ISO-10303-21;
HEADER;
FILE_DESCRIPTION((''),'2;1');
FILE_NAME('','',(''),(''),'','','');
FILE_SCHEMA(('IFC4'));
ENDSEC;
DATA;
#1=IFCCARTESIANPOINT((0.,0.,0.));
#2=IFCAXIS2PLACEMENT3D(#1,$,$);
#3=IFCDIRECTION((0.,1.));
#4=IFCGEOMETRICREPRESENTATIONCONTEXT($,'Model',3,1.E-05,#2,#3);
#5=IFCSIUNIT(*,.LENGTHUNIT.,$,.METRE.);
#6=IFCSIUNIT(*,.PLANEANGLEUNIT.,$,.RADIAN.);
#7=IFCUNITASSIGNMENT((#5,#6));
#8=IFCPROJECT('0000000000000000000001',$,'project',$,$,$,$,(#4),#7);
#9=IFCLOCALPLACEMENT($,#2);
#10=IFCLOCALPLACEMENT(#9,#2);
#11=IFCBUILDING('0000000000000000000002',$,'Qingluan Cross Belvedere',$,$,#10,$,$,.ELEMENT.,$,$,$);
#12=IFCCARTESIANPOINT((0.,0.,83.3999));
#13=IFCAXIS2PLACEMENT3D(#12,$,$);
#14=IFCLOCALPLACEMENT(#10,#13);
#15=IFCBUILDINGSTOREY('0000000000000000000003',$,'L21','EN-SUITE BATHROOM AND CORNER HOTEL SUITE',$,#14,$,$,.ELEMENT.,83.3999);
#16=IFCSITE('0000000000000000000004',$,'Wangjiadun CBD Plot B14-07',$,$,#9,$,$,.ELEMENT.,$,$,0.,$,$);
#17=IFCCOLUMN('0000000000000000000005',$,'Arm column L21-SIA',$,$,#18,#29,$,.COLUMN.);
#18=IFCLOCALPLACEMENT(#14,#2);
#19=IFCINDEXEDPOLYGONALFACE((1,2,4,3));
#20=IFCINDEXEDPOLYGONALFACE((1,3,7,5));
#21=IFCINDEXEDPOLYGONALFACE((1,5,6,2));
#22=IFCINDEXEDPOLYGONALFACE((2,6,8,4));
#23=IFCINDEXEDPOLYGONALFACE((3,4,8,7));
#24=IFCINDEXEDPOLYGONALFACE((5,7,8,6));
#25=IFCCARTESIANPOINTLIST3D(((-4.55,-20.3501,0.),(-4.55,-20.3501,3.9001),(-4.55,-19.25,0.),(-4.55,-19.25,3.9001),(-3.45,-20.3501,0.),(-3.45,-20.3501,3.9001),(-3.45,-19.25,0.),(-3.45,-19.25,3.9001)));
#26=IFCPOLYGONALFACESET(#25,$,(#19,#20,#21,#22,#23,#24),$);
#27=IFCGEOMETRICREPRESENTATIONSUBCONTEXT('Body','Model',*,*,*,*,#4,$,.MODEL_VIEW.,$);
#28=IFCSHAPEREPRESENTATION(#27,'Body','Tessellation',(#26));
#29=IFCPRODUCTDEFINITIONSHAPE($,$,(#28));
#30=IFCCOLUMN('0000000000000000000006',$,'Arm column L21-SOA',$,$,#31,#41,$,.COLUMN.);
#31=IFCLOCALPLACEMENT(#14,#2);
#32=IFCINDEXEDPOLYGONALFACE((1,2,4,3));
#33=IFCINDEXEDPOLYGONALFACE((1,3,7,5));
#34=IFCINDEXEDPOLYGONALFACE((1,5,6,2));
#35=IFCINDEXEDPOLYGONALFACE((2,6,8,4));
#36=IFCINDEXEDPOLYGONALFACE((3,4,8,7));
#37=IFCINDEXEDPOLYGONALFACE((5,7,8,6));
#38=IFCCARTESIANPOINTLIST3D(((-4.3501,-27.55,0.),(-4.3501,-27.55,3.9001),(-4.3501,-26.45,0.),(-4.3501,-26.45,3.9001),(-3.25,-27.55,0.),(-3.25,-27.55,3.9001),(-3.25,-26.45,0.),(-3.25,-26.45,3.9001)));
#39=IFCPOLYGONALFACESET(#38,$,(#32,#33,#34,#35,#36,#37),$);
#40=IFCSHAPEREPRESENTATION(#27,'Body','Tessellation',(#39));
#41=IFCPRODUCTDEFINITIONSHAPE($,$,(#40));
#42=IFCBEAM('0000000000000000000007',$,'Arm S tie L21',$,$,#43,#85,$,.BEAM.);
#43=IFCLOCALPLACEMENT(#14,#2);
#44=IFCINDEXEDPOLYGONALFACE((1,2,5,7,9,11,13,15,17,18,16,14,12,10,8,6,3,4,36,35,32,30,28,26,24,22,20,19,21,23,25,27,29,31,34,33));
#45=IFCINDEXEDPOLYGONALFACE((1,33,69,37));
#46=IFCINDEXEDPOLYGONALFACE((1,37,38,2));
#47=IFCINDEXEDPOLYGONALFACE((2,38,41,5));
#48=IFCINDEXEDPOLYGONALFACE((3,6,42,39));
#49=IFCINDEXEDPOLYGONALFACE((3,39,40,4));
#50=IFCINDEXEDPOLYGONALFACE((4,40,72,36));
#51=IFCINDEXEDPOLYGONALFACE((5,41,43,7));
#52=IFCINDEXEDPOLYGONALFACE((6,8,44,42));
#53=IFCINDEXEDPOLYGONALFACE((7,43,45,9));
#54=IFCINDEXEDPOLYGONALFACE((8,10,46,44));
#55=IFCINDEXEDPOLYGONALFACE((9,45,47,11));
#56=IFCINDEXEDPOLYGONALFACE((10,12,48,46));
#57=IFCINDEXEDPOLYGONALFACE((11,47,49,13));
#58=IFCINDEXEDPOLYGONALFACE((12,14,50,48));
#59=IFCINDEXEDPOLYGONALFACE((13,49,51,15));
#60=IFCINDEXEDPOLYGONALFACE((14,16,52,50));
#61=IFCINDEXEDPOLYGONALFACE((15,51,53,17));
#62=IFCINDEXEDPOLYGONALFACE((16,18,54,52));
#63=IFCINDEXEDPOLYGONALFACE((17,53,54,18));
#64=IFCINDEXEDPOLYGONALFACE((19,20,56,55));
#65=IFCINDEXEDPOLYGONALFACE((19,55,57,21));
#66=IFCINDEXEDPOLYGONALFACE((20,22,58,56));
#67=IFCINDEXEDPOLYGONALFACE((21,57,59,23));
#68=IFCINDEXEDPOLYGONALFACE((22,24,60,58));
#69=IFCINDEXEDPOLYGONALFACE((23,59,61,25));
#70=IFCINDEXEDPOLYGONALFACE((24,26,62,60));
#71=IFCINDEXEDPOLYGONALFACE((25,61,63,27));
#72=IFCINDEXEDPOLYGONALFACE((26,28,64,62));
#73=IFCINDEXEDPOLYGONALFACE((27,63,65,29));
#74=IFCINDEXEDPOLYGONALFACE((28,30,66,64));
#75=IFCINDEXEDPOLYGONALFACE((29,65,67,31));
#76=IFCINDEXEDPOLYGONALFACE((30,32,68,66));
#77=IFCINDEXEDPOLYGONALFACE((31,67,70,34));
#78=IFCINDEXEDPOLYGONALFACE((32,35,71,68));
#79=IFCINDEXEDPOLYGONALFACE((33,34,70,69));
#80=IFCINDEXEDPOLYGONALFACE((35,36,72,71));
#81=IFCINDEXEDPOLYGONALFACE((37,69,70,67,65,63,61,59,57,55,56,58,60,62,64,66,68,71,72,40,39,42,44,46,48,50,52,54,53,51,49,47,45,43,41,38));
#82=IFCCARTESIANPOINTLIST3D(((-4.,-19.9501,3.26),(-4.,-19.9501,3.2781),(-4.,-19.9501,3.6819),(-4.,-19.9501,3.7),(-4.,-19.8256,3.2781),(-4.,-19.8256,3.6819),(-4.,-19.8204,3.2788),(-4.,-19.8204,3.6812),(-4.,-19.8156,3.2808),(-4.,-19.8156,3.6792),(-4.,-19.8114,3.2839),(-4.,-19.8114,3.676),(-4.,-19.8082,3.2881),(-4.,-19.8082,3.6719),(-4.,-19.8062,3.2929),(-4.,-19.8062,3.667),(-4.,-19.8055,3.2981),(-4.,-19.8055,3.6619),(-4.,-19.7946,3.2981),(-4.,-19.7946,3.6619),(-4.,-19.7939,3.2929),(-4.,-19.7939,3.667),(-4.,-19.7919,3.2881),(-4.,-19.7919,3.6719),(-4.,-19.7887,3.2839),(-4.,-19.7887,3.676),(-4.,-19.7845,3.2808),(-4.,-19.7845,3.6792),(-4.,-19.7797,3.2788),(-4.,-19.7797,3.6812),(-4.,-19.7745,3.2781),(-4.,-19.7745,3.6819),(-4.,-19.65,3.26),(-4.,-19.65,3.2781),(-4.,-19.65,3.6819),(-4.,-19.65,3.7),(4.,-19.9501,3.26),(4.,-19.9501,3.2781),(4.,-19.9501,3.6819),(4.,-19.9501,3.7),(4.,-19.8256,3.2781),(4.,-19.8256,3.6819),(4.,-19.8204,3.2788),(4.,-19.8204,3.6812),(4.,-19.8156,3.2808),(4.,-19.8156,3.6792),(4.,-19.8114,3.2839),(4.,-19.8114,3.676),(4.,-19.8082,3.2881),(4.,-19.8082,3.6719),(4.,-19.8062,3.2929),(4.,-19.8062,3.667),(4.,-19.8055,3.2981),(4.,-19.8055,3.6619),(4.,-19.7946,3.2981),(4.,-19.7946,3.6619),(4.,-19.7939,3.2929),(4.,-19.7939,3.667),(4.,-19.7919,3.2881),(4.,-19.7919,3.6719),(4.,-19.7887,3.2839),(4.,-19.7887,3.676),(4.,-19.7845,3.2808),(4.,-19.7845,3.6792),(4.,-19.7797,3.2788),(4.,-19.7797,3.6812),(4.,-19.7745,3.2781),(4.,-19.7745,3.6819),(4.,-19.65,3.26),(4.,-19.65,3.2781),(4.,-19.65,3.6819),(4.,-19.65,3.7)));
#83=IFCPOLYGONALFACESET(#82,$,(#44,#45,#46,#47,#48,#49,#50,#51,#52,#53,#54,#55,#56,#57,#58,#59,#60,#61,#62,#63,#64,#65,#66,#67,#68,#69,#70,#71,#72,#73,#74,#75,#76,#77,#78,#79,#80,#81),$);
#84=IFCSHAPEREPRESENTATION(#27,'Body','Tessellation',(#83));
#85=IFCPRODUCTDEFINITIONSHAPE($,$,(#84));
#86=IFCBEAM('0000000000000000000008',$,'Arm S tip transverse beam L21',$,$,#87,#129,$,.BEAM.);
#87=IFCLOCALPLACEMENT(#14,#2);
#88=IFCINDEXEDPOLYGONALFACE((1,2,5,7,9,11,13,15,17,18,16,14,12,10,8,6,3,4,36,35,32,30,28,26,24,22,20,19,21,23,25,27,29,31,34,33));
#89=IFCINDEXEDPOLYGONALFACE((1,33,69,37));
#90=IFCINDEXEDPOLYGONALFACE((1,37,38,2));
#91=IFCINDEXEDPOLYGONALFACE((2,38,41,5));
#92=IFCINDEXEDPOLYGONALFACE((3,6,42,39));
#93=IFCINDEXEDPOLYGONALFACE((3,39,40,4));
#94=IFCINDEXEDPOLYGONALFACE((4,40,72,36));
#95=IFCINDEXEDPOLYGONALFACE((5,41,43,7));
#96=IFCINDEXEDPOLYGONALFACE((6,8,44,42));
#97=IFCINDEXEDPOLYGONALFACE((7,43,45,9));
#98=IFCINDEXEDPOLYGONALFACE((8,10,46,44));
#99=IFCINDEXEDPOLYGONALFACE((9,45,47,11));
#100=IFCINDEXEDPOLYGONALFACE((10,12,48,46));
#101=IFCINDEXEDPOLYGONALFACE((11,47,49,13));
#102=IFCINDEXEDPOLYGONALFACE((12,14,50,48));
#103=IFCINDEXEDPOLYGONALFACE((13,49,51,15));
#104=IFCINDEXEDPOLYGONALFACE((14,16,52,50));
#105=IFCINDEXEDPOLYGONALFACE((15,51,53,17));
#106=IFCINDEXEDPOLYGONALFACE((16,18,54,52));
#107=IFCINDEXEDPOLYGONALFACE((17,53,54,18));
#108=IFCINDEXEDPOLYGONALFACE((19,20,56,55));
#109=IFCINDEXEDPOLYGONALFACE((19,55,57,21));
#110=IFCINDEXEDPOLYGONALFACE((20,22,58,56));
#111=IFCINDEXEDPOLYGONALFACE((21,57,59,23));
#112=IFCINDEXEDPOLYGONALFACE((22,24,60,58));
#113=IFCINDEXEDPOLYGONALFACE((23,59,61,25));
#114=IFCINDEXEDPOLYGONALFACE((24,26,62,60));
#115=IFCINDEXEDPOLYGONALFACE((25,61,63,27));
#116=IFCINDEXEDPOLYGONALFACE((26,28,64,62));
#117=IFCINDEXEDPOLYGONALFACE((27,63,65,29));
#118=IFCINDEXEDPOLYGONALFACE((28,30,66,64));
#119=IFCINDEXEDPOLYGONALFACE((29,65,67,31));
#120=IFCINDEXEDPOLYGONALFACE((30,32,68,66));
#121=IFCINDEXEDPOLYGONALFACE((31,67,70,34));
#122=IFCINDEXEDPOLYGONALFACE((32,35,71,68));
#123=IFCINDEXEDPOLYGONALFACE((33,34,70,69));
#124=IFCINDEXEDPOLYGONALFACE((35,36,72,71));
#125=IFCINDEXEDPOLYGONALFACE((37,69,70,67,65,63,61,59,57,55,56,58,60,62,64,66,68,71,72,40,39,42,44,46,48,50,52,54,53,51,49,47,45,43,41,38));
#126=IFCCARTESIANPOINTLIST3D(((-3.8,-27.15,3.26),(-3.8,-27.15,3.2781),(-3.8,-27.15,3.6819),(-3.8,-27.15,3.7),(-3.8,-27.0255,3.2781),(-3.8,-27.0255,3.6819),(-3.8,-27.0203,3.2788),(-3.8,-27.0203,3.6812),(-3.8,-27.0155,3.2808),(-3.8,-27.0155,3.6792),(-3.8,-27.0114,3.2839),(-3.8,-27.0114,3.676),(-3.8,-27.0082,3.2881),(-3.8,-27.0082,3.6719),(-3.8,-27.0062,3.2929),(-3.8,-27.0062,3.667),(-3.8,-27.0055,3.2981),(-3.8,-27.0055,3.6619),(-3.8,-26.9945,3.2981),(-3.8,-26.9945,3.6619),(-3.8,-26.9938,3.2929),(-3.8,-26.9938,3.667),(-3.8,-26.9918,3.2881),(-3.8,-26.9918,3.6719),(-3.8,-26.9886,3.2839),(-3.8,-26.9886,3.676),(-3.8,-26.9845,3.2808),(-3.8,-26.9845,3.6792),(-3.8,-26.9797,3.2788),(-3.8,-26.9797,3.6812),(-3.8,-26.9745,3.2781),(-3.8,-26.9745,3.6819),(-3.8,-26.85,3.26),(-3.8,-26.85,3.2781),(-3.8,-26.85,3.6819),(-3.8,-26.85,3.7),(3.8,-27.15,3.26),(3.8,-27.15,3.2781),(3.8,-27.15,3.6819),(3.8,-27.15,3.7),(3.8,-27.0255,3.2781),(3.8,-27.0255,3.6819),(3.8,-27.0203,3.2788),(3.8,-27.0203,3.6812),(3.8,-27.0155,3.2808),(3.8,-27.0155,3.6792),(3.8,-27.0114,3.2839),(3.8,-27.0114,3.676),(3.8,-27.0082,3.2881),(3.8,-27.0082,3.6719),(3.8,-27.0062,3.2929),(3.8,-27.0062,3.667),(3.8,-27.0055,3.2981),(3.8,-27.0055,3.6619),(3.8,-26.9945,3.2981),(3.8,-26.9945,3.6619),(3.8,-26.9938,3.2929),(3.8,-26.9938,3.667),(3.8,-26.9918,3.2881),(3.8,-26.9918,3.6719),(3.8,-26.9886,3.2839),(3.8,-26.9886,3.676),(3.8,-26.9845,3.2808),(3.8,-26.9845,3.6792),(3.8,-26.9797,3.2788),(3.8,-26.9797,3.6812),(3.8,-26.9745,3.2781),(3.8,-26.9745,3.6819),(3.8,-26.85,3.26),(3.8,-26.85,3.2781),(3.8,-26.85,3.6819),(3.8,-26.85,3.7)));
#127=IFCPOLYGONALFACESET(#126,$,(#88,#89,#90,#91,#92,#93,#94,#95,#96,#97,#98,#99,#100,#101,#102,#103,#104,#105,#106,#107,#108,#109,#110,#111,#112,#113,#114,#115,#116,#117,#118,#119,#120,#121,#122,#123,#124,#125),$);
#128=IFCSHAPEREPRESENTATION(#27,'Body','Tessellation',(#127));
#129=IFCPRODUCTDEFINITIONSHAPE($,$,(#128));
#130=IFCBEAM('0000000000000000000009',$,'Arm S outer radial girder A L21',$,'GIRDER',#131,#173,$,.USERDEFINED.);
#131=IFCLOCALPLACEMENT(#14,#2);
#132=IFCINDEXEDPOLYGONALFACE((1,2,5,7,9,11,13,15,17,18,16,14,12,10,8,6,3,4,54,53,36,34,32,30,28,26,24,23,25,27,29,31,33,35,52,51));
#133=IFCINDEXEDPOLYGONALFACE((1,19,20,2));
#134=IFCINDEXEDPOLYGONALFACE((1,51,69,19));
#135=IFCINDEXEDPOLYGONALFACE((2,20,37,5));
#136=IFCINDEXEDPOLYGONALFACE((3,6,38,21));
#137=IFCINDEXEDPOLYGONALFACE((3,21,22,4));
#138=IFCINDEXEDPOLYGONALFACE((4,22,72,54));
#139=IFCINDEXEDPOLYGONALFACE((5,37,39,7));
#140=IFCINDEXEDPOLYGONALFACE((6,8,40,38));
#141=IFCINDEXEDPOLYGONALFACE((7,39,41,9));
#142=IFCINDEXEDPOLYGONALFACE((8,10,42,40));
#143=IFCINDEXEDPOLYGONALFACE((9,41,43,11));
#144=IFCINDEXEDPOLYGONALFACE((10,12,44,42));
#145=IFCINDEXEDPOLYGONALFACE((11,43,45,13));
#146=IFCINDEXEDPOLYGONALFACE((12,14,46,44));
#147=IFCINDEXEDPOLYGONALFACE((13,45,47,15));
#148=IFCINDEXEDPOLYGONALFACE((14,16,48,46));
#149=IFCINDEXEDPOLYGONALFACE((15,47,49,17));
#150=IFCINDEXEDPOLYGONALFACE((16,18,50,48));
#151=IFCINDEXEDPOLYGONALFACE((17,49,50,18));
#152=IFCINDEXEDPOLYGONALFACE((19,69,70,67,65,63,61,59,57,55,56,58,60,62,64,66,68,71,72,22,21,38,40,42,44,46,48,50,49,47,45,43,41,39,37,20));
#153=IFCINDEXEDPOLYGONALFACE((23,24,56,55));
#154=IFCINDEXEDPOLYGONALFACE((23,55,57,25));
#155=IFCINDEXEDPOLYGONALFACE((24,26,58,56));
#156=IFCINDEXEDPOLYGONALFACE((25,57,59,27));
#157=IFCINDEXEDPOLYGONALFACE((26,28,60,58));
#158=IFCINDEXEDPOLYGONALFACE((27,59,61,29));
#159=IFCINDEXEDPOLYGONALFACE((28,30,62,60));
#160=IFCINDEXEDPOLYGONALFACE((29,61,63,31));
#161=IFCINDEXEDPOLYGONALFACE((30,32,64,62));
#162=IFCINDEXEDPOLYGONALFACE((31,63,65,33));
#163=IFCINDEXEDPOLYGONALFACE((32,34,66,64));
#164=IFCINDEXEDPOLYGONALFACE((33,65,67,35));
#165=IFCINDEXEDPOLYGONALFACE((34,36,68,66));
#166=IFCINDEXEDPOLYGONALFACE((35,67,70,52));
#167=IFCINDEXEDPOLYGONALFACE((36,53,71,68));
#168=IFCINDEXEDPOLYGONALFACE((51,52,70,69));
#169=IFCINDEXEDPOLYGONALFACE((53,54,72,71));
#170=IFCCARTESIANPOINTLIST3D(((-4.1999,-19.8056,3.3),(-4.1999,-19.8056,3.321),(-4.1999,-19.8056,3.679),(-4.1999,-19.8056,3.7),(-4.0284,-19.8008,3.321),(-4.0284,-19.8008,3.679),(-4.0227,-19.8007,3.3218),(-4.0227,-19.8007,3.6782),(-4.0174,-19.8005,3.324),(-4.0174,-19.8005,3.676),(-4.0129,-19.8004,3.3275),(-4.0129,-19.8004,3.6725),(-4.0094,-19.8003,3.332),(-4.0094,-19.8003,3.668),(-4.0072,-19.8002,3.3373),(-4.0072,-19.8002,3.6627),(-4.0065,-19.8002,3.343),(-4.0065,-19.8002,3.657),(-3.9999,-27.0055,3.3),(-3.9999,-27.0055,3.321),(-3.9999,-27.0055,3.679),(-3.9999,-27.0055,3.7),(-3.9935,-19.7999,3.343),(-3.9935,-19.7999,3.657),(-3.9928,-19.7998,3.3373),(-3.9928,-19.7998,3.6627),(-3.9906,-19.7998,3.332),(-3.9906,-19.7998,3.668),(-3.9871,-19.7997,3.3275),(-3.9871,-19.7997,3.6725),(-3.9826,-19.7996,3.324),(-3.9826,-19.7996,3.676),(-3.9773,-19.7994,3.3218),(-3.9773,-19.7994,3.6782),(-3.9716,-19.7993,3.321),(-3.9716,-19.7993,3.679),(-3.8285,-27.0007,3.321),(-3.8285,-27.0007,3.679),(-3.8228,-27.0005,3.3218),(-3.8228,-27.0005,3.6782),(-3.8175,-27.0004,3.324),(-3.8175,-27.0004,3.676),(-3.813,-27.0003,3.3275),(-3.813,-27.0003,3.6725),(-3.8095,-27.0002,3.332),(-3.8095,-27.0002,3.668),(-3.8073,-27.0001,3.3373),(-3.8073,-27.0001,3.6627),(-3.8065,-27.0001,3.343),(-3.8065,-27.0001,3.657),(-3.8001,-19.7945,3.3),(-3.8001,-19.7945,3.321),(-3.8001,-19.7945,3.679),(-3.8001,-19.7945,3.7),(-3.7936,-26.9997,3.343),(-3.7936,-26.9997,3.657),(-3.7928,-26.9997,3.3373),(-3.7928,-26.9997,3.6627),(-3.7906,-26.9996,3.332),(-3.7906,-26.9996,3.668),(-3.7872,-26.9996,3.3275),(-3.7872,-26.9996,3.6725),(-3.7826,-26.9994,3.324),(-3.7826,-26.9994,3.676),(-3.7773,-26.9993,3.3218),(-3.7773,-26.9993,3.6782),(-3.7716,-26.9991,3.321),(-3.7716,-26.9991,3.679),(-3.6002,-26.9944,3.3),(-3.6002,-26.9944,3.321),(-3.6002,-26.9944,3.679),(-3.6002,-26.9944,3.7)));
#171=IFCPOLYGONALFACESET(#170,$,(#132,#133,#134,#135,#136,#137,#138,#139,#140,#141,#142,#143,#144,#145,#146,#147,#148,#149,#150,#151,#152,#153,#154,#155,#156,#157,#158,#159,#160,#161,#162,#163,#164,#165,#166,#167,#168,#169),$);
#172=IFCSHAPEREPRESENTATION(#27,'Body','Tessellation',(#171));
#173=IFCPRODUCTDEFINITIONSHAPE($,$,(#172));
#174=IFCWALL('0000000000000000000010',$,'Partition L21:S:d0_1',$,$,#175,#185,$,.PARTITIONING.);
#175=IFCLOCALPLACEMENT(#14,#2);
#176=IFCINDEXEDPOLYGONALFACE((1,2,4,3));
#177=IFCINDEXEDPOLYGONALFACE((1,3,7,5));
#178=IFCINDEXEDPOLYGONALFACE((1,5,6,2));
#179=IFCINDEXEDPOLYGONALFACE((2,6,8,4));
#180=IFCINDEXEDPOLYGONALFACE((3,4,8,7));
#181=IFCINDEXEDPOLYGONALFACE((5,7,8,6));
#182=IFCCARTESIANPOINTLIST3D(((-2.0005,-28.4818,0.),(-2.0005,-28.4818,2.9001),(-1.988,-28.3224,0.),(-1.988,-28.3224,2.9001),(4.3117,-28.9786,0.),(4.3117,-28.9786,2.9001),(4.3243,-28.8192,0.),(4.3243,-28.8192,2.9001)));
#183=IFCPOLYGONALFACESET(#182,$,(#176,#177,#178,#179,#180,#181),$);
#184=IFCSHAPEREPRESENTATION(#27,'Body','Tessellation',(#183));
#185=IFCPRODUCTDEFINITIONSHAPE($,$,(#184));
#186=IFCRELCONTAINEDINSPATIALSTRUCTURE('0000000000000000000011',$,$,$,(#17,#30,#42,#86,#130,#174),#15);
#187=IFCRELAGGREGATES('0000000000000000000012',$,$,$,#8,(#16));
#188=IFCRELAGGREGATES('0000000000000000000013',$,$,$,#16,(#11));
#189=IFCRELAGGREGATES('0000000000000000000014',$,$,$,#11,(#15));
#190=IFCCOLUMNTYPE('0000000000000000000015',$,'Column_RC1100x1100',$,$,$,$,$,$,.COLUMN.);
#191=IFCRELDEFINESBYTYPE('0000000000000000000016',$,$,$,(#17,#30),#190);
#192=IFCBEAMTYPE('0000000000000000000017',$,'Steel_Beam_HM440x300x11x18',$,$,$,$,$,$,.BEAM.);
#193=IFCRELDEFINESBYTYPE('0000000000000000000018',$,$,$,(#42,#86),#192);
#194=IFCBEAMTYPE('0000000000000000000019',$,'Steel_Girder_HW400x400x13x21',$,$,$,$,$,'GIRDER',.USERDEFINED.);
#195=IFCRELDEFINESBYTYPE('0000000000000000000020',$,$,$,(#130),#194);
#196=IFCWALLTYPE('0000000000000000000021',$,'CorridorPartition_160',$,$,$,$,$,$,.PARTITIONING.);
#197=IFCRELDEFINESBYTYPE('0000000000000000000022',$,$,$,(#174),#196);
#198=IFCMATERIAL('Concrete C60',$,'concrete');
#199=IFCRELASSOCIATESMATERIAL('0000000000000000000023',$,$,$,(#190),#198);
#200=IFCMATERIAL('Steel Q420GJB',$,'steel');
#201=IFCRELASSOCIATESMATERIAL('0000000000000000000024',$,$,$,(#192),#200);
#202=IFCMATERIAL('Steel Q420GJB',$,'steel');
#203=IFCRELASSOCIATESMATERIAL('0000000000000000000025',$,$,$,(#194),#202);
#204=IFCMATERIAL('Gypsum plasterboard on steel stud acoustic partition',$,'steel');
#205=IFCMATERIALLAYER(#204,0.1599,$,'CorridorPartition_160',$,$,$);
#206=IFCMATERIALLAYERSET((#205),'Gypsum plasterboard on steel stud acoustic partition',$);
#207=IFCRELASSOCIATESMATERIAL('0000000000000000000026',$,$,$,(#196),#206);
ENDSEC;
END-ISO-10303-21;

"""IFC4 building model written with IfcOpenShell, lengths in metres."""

from ifc_helpers import new_model, si_unit, direction, frame, frame_2d, origin, origin_2d, place, context, subcontext, project, spatial, rectangle, i_section, extrude, material, layer, layer_set, material_profile, profile_set, type_object, element, save


model = new_model("IFC4")

# Units and contexts
model_context = context("Model", 3, precision=1e-05, world=origin(), true_north=direction((0.0, 1.0)))
body_context = subcontext(model_context, "Body", "Model", "MODEL_VIEW")
ifc_project = project(units=[si_unit("LENGTHUNIT", "METRE"), si_unit("PLANEANGLEUNIT", "RADIAN")], contexts=[model_context])

# Site, building, storey
site_placement = place(None, origin())
site = spatial("IfcSite", under=ifc_project, at=site_placement, Name="Wangjiadun CBD Plot B14-07", CompositionType="ELEMENT", RefElevation=0.0)
building_placement = place(site_placement, origin())
building = spatial("IfcBuilding", under=site, at=building_placement, Name="Qingluan Cross Belvedere", CompositionType="ELEMENT")
storey_placement = place(building_placement, frame((0.0, 0.0, 83.3999)))
storey = spatial("IfcBuildingStorey", under=building, at=storey_placement, Name="L21", Description="EN-SUITE BATHROOM AND CORNER HOTEL SUITE", CompositionType="ELEMENT", Elevation=83.3999)

# Columns
ifc_material_1 = material(Name="Concrete C60", Category="concrete")
ifc_material_profile_1 = material_profile(ifc_material_1, rectangle(XDim=1.1001, YDim=1.1001, at=origin_2d()), Name="RC1100x1100")
ifc_profile_set_1 = profile_set([ifc_material_profile_1], Name="Concrete C60")
column_type = type_object("IfcColumnType", Name="Column_RC1100x1100", PredefinedType="COLUMN", material=ifc_profile_set_1)
for number, where, z_axis, x_axis, name in (
    (1, (-4.0, -19.8, 0.0), (0.0, 0.0, 1.0), (1.0, 0.0, 0.0), "Arm column L21-SIA"),
    (2, (-3.8, -27.0, 0.0), (0.0, 0.0, 1.0), (1.0, 0.0, 0.0), "Arm column L21-SOA"),
):
    element("IfcColumn", number, at=place(storey_placement, frame(where, z_axis=z_axis, x_axis=x_axis)), inside=storey, type_object=column_type, Name=name, PredefinedType="COLUMN", context=body_context, shape_type="SweptSolid", body=[
        extrude(rectangle(XDim=1.1001, YDim=1.1001, at=origin_2d()), origin(), (0.0, 0.0, 1.0), 3.9001),
    ])

# Beams
ifc_material_2 = material(Name="Steel Q420GJB", Category="steel")
ifc_material_profile_2 = material_profile(ifc_material_2, i_section(OverallWidth=0.3, OverallDepth=0.4399, WebThickness=0.011, FlangeThickness=0.0181, FilletRadius=0.02, at=origin_2d()), Name="HM440x300x11x18")
ifc_profile_set_2 = profile_set([ifc_material_profile_2], Name="Steel Q420GJB")
beam_type_1 = type_object("IfcBeamType", Name="Steel_Beam_HM440x300x11x18", PredefinedType="BEAM", material=ifc_profile_set_2)
beam_1_placement = place(storey_placement, frame((-4.0, -19.8, 3.48), z_axis=(1.0, 0.0, 0.0), x_axis=(0.0, 1.0, 0.0)))
element("IfcBeam", 3, at=beam_1_placement, inside=storey, type_object=beam_type_1, Name="Arm S tie L21", PredefinedType="BEAM", context=body_context, shape_type="SweptSolid", body=[
    extrude(i_section(OverallWidth=0.3, OverallDepth=0.4399, WebThickness=0.011, FlangeThickness=0.0181, FilletRadius=0.02, at=origin_2d()), origin(), (0.0, 0.0, 1.0), 8.0),
])
beam_2_placement = place(storey_placement, frame((-3.8, -27.0, 3.48), z_axis=(1.0, 0.0, 0.0), x_axis=(0.0, 1.0, 0.0)))
element("IfcBeam", 4, at=beam_2_placement, inside=storey, type_object=beam_type_1, Name="Arm S tip transverse beam L21", PredefinedType="BEAM", context=body_context, shape_type="SweptSolid", body=[
    extrude(i_section(OverallWidth=0.3, OverallDepth=0.4399, WebThickness=0.011, FlangeThickness=0.0181, FilletRadius=0.02, at=origin_2d()), origin(), (0.0, 0.0, 1.0), 7.6001),
])
ifc_material_3 = material(Name="Steel Q420GJB", Category="steel")
ifc_material_profile_3 = material_profile(ifc_material_3, i_section(OverallWidth=0.3999, OverallDepth=0.3999, WebThickness=0.0129, FlangeThickness=0.021, FilletRadius=0.022, at=origin_2d()), Name="HW400x400x13x21")
ifc_profile_set_3 = profile_set([ifc_material_profile_3], Name="Steel Q420GJB")
beam_type_2 = type_object("IfcBeamType", Name="Steel_Girder_HW400x400x13x21", ElementType="GIRDER", PredefinedType="USERDEFINED", material=ifc_profile_set_3)
beam_3_placement = place(storey_placement, frame((-4.0, -19.8, 3.5), z_axis=(0.02776, -0.999615, 0.0), x_axis=(0.999615, 0.02776, 0.0)))
element("IfcBeam", 5, at=beam_3_placement, inside=storey, type_object=beam_type_2, Name="Arm S outer radial girder A L21", ObjectType="GIRDER", PredefinedType="USERDEFINED", context=body_context, shape_type="SweptSolid", body=[
    extrude(i_section(OverallWidth=0.3999, OverallDepth=0.3999, WebThickness=0.0129, FlangeThickness=0.021, FilletRadius=0.022, at=origin_2d()), origin(), (0.0, 0.0, 1.0), 7.2026),
])

# Wall
ifc_material_4 = material(Name="Gypsum plasterboard on steel stud acoustic partition", Category="steel")
ifc_layer_1 = layer(ifc_material_4, 0.1599, Name="CorridorPartition_160")
ifc_layer_set_1 = layer_set([ifc_layer_1], Name="Gypsum plasterboard on steel stud acoustic partition")
wall_type_1 = type_object("IfcWallType", Name="CorridorPartition_160", PredefinedType="PARTITIONING", material=ifc_layer_set_1)
wall_1_placement = place(storey_placement, frame((-1.9944, -28.4021, 0.0), z_axis=(0.0, 0.0, 1.0), x_axis=(0.996917, -0.078466, 0.0)))
element("IfcWall", 6, at=wall_1_placement, inside=storey, type_object=wall_type_1, Name="Partition L21:S:d0_1", PredefinedType="PARTITIONING", context=body_context, shape_type="SweptSolid", body=[
    extrude(rectangle(XDim=6.3318, YDim=0.1599, at=frame_2d((3.166, 0.0))), origin(), (0.0, 0.0, 1.0), 2.9001),
])

save(model, "model.ifc")
